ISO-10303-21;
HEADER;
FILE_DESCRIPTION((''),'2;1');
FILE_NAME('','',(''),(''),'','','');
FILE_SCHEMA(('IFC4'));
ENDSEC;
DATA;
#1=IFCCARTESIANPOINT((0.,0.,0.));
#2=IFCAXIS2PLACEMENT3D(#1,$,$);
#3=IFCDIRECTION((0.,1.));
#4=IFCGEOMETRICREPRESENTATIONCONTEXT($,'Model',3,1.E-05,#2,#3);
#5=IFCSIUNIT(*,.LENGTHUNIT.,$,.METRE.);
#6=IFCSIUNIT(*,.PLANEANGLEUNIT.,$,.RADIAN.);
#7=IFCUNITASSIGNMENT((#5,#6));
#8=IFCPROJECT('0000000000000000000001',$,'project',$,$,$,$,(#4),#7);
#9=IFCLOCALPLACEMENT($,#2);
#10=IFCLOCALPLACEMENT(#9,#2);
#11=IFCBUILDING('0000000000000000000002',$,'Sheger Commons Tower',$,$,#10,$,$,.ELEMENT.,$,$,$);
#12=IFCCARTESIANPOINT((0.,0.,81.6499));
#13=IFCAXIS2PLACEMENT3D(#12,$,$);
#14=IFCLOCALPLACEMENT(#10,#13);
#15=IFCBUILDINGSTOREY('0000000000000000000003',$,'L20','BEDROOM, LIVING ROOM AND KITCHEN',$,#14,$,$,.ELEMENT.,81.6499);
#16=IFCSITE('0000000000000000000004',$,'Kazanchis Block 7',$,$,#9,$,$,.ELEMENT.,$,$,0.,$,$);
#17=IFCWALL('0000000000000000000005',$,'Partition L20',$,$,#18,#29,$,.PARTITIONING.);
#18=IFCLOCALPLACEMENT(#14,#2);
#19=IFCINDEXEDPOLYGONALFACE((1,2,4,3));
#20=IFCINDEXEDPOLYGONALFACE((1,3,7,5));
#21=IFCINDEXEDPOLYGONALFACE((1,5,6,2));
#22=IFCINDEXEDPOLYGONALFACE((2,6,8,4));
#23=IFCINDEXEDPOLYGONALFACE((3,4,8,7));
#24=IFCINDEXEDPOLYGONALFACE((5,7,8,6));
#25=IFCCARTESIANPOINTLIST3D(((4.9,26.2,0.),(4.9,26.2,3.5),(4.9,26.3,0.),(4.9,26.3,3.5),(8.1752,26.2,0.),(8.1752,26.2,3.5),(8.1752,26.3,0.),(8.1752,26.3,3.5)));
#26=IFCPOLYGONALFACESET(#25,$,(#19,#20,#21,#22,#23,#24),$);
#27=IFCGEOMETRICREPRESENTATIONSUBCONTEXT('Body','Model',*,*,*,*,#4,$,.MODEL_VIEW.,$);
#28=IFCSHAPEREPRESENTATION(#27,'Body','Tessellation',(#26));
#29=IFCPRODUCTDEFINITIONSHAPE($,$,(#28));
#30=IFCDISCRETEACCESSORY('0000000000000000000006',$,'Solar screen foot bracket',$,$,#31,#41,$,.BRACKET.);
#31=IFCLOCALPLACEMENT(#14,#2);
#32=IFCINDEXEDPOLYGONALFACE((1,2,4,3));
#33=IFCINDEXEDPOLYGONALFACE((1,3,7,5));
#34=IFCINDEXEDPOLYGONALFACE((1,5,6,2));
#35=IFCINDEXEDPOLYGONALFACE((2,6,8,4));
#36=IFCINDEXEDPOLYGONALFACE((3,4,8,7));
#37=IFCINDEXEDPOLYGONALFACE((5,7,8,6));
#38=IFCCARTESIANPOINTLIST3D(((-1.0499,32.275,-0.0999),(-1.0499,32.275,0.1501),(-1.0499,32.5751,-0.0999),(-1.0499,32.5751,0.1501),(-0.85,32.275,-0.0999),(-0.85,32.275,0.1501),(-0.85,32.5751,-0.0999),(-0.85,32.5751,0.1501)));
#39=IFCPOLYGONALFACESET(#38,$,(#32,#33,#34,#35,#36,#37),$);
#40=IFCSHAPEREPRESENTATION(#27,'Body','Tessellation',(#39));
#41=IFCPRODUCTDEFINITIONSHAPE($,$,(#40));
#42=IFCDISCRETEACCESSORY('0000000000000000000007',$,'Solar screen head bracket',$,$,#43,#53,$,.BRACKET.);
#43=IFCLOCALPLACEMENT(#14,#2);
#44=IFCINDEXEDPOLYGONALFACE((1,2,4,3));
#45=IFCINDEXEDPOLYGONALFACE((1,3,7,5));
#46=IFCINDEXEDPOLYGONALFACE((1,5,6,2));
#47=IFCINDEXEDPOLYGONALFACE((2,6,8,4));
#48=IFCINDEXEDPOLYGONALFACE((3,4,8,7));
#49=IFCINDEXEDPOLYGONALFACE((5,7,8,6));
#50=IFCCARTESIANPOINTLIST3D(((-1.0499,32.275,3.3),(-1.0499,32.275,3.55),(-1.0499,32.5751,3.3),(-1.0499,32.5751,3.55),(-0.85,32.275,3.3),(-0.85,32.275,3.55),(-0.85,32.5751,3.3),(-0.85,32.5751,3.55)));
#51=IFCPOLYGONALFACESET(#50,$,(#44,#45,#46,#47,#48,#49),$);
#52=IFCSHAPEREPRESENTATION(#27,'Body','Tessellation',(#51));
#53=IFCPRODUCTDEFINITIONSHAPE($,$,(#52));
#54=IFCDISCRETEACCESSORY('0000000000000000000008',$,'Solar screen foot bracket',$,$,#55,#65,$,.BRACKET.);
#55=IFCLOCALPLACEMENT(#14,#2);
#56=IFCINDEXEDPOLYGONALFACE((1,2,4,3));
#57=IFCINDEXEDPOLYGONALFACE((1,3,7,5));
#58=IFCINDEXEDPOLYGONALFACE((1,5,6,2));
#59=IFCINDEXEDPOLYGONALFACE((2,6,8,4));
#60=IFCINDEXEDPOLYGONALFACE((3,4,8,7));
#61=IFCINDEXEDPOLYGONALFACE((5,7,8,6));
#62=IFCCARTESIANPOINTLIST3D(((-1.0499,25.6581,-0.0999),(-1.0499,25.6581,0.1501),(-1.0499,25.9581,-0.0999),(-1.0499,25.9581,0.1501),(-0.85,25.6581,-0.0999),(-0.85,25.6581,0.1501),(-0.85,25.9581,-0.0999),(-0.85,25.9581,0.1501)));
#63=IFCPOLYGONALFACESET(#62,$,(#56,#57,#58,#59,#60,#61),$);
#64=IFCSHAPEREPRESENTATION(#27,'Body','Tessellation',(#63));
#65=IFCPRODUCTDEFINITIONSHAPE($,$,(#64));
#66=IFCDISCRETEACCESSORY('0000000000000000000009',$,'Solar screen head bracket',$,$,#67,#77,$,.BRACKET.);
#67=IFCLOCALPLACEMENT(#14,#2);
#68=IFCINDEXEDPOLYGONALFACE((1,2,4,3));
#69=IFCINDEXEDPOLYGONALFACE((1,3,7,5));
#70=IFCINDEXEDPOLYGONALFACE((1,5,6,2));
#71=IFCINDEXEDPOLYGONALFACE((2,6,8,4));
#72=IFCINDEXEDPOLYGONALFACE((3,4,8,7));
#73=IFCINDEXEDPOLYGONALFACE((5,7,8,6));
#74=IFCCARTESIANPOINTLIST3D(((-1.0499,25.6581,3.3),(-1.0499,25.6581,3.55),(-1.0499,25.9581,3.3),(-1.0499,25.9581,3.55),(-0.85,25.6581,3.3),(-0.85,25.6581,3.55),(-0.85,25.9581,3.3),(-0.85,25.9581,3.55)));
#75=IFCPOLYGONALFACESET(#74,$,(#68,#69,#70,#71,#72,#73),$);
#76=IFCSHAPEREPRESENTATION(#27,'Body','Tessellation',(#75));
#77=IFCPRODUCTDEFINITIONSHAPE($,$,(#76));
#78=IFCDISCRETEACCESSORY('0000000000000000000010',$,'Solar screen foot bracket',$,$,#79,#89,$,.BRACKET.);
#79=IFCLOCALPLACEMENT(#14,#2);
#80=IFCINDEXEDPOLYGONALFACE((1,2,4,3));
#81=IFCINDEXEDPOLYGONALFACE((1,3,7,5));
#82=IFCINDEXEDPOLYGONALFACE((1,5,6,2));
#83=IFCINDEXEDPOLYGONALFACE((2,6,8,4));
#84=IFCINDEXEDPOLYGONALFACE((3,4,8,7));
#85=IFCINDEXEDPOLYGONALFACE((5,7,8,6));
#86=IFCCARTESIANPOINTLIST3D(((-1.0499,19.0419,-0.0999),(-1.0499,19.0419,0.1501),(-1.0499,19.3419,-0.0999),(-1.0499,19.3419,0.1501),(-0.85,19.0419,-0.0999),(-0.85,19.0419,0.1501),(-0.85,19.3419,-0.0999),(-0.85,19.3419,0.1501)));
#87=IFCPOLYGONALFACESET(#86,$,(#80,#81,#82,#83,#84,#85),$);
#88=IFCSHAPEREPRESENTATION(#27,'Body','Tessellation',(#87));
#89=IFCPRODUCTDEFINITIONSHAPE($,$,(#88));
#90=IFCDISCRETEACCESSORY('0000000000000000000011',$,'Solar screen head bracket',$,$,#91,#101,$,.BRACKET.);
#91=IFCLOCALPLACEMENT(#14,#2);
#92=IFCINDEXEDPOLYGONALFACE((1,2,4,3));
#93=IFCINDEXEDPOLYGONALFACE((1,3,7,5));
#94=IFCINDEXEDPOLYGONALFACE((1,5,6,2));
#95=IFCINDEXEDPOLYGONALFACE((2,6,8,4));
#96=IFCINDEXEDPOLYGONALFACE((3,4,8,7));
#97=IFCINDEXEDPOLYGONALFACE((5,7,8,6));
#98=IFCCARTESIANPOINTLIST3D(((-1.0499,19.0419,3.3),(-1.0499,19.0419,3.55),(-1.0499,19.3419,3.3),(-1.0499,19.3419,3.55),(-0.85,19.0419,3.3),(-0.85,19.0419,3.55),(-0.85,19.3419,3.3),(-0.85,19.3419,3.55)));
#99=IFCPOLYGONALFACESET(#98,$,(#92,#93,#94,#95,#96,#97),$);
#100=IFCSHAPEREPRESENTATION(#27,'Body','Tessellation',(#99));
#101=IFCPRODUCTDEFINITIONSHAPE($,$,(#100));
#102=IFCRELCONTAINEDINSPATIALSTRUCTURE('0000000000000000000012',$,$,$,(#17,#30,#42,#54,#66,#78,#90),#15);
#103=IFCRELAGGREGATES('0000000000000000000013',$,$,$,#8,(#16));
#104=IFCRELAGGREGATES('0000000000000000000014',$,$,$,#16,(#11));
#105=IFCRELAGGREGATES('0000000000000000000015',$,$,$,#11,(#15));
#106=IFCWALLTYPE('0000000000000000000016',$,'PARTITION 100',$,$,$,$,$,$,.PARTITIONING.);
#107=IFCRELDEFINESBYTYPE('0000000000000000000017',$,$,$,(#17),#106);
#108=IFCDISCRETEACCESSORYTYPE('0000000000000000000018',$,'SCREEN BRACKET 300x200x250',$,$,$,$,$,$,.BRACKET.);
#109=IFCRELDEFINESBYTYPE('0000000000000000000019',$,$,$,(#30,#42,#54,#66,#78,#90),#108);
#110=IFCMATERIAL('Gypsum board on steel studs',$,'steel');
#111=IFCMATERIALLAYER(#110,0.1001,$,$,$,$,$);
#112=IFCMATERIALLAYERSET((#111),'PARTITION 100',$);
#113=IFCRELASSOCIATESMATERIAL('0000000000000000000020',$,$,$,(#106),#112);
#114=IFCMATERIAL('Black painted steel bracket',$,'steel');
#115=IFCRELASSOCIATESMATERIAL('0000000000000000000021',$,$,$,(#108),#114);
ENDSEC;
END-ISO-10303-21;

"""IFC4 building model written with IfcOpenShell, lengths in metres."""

from ifc_helpers import new_model, si_unit, direction, frame, frame_2d, origin, origin_2d, place, context, subcontext, project, spatial, rectangle, extrude, material, layer, layer_set, type_object, element, save


model = new_model("IFC4")

# Units and contexts
model_context = context("Model", 3, precision=1e-05, world=origin(), true_north=direction((0.0, 1.0)))
body_context = subcontext(model_context, "Body", "Model", "MODEL_VIEW")
ifc_project = project(units=[si_unit("LENGTHUNIT", "METRE"), si_unit("PLANEANGLEUNIT", "RADIAN")], contexts=[model_context])

# Site, building, storey
site_placement = place(None, origin())
site = spatial("IfcSite", under=ifc_project, at=site_placement, Name="Kazanchis Block 7", CompositionType="ELEMENT", RefElevation=0.0)
building_placement = place(site_placement, origin())
building = spatial("IfcBuilding", under=site, at=building_placement, Name="Sheger Commons Tower", CompositionType="ELEMENT")
storey_placement = place(building_placement, frame((0.0, 0.0, 81.6499)))
storey = spatial("IfcBuildingStorey", under=building, at=storey_placement, Name="L20", Description="BEDROOM, LIVING ROOM AND KITCHEN", CompositionType="ELEMENT", Elevation=81.6499)

# Shared definitions
ifc_material_1 = material(Name="Gypsum board on steel studs", Category="steel")
ifc_layer_1 = layer(ifc_material_1, 0.1001)
ifc_layer_set_1 = layer_set([ifc_layer_1], Name="PARTITION 100")
wall_type_1 = type_object("IfcWallType", Name="PARTITION 100", PredefinedType="PARTITIONING", material=ifc_layer_set_1)

# Wall
wall_1_placement = place(storey_placement, frame((4.8999, 26.25, 0.0), z_axis=(0.0, 0.0, 1.0), x_axis=(1.0, 0.0, 0.0)))
element("IfcWall", 1, at=wall_1_placement, inside=storey, type_object=wall_type_1, Name="Partition L20", PredefinedType="PARTITIONING", context=body_context, shape_type="SweptSolid", body=[
    extrude(rectangle(XDim=3.2751, YDim=0.1001, at=frame_2d((1.6377, 0.0))), origin(), (0.0, 0.0, 1.0), 3.5),
])

# Discrete accessories
ifc_material_2 = material(Name="Black painted steel bracket", Category="steel")
discrete_accessory_type = type_object("IfcDiscreteAccessoryType", Name="SCREEN BRACKET 300x200x250", PredefinedType="BRACKET", material=ifc_material_2)
for number, where, z_axis, x_axis, name in (
    (2, (-0.95, 32.425, -0.0999), (0.0, 0.0, 1.0), (0.0, -1.0, 0.0), "Solar screen foot bracket"),
    (3, (-0.95, 32.425, 3.3), (0.0, 0.0, 1.0), (0.0, -1.0, 0.0), "Solar screen head bracket"),
    (4, (-0.95, 25.8081, -0.0999), (0.0, 0.0, 1.0), (0.0, -1.0, 0.0), "Solar screen foot bracket"),
    (5, (-0.95, 25.8081, 3.3), (0.0, 0.0, 1.0), (0.0, -1.0, 0.0), "Solar screen head bracket"),
    (6, (-0.95, 19.1919, -0.0999), (0.0, 0.0, 1.0), (0.0, -1.0, 0.0), "Solar screen foot bracket"),
    (7, (-0.95, 19.1919, 3.3), (0.0, 0.0, 1.0), (0.0, -1.0, 0.0), "Solar screen head bracket"),
):
    element("IfcDiscreteAccessory", number, at=place(storey_placement, frame(where, z_axis=z_axis, x_axis=x_axis)), inside=storey, type_object=discrete_accessory_type, Name=name, PredefinedType="BRACKET", context=body_context, shape_type="SweptSolid", body=[
        extrude(rectangle(XDim=0.3, YDim=0.2, at=origin_2d()), origin(), (0.0, 0.0, 1.0), 0.25),
    ])

save(model, "model.ifc")
